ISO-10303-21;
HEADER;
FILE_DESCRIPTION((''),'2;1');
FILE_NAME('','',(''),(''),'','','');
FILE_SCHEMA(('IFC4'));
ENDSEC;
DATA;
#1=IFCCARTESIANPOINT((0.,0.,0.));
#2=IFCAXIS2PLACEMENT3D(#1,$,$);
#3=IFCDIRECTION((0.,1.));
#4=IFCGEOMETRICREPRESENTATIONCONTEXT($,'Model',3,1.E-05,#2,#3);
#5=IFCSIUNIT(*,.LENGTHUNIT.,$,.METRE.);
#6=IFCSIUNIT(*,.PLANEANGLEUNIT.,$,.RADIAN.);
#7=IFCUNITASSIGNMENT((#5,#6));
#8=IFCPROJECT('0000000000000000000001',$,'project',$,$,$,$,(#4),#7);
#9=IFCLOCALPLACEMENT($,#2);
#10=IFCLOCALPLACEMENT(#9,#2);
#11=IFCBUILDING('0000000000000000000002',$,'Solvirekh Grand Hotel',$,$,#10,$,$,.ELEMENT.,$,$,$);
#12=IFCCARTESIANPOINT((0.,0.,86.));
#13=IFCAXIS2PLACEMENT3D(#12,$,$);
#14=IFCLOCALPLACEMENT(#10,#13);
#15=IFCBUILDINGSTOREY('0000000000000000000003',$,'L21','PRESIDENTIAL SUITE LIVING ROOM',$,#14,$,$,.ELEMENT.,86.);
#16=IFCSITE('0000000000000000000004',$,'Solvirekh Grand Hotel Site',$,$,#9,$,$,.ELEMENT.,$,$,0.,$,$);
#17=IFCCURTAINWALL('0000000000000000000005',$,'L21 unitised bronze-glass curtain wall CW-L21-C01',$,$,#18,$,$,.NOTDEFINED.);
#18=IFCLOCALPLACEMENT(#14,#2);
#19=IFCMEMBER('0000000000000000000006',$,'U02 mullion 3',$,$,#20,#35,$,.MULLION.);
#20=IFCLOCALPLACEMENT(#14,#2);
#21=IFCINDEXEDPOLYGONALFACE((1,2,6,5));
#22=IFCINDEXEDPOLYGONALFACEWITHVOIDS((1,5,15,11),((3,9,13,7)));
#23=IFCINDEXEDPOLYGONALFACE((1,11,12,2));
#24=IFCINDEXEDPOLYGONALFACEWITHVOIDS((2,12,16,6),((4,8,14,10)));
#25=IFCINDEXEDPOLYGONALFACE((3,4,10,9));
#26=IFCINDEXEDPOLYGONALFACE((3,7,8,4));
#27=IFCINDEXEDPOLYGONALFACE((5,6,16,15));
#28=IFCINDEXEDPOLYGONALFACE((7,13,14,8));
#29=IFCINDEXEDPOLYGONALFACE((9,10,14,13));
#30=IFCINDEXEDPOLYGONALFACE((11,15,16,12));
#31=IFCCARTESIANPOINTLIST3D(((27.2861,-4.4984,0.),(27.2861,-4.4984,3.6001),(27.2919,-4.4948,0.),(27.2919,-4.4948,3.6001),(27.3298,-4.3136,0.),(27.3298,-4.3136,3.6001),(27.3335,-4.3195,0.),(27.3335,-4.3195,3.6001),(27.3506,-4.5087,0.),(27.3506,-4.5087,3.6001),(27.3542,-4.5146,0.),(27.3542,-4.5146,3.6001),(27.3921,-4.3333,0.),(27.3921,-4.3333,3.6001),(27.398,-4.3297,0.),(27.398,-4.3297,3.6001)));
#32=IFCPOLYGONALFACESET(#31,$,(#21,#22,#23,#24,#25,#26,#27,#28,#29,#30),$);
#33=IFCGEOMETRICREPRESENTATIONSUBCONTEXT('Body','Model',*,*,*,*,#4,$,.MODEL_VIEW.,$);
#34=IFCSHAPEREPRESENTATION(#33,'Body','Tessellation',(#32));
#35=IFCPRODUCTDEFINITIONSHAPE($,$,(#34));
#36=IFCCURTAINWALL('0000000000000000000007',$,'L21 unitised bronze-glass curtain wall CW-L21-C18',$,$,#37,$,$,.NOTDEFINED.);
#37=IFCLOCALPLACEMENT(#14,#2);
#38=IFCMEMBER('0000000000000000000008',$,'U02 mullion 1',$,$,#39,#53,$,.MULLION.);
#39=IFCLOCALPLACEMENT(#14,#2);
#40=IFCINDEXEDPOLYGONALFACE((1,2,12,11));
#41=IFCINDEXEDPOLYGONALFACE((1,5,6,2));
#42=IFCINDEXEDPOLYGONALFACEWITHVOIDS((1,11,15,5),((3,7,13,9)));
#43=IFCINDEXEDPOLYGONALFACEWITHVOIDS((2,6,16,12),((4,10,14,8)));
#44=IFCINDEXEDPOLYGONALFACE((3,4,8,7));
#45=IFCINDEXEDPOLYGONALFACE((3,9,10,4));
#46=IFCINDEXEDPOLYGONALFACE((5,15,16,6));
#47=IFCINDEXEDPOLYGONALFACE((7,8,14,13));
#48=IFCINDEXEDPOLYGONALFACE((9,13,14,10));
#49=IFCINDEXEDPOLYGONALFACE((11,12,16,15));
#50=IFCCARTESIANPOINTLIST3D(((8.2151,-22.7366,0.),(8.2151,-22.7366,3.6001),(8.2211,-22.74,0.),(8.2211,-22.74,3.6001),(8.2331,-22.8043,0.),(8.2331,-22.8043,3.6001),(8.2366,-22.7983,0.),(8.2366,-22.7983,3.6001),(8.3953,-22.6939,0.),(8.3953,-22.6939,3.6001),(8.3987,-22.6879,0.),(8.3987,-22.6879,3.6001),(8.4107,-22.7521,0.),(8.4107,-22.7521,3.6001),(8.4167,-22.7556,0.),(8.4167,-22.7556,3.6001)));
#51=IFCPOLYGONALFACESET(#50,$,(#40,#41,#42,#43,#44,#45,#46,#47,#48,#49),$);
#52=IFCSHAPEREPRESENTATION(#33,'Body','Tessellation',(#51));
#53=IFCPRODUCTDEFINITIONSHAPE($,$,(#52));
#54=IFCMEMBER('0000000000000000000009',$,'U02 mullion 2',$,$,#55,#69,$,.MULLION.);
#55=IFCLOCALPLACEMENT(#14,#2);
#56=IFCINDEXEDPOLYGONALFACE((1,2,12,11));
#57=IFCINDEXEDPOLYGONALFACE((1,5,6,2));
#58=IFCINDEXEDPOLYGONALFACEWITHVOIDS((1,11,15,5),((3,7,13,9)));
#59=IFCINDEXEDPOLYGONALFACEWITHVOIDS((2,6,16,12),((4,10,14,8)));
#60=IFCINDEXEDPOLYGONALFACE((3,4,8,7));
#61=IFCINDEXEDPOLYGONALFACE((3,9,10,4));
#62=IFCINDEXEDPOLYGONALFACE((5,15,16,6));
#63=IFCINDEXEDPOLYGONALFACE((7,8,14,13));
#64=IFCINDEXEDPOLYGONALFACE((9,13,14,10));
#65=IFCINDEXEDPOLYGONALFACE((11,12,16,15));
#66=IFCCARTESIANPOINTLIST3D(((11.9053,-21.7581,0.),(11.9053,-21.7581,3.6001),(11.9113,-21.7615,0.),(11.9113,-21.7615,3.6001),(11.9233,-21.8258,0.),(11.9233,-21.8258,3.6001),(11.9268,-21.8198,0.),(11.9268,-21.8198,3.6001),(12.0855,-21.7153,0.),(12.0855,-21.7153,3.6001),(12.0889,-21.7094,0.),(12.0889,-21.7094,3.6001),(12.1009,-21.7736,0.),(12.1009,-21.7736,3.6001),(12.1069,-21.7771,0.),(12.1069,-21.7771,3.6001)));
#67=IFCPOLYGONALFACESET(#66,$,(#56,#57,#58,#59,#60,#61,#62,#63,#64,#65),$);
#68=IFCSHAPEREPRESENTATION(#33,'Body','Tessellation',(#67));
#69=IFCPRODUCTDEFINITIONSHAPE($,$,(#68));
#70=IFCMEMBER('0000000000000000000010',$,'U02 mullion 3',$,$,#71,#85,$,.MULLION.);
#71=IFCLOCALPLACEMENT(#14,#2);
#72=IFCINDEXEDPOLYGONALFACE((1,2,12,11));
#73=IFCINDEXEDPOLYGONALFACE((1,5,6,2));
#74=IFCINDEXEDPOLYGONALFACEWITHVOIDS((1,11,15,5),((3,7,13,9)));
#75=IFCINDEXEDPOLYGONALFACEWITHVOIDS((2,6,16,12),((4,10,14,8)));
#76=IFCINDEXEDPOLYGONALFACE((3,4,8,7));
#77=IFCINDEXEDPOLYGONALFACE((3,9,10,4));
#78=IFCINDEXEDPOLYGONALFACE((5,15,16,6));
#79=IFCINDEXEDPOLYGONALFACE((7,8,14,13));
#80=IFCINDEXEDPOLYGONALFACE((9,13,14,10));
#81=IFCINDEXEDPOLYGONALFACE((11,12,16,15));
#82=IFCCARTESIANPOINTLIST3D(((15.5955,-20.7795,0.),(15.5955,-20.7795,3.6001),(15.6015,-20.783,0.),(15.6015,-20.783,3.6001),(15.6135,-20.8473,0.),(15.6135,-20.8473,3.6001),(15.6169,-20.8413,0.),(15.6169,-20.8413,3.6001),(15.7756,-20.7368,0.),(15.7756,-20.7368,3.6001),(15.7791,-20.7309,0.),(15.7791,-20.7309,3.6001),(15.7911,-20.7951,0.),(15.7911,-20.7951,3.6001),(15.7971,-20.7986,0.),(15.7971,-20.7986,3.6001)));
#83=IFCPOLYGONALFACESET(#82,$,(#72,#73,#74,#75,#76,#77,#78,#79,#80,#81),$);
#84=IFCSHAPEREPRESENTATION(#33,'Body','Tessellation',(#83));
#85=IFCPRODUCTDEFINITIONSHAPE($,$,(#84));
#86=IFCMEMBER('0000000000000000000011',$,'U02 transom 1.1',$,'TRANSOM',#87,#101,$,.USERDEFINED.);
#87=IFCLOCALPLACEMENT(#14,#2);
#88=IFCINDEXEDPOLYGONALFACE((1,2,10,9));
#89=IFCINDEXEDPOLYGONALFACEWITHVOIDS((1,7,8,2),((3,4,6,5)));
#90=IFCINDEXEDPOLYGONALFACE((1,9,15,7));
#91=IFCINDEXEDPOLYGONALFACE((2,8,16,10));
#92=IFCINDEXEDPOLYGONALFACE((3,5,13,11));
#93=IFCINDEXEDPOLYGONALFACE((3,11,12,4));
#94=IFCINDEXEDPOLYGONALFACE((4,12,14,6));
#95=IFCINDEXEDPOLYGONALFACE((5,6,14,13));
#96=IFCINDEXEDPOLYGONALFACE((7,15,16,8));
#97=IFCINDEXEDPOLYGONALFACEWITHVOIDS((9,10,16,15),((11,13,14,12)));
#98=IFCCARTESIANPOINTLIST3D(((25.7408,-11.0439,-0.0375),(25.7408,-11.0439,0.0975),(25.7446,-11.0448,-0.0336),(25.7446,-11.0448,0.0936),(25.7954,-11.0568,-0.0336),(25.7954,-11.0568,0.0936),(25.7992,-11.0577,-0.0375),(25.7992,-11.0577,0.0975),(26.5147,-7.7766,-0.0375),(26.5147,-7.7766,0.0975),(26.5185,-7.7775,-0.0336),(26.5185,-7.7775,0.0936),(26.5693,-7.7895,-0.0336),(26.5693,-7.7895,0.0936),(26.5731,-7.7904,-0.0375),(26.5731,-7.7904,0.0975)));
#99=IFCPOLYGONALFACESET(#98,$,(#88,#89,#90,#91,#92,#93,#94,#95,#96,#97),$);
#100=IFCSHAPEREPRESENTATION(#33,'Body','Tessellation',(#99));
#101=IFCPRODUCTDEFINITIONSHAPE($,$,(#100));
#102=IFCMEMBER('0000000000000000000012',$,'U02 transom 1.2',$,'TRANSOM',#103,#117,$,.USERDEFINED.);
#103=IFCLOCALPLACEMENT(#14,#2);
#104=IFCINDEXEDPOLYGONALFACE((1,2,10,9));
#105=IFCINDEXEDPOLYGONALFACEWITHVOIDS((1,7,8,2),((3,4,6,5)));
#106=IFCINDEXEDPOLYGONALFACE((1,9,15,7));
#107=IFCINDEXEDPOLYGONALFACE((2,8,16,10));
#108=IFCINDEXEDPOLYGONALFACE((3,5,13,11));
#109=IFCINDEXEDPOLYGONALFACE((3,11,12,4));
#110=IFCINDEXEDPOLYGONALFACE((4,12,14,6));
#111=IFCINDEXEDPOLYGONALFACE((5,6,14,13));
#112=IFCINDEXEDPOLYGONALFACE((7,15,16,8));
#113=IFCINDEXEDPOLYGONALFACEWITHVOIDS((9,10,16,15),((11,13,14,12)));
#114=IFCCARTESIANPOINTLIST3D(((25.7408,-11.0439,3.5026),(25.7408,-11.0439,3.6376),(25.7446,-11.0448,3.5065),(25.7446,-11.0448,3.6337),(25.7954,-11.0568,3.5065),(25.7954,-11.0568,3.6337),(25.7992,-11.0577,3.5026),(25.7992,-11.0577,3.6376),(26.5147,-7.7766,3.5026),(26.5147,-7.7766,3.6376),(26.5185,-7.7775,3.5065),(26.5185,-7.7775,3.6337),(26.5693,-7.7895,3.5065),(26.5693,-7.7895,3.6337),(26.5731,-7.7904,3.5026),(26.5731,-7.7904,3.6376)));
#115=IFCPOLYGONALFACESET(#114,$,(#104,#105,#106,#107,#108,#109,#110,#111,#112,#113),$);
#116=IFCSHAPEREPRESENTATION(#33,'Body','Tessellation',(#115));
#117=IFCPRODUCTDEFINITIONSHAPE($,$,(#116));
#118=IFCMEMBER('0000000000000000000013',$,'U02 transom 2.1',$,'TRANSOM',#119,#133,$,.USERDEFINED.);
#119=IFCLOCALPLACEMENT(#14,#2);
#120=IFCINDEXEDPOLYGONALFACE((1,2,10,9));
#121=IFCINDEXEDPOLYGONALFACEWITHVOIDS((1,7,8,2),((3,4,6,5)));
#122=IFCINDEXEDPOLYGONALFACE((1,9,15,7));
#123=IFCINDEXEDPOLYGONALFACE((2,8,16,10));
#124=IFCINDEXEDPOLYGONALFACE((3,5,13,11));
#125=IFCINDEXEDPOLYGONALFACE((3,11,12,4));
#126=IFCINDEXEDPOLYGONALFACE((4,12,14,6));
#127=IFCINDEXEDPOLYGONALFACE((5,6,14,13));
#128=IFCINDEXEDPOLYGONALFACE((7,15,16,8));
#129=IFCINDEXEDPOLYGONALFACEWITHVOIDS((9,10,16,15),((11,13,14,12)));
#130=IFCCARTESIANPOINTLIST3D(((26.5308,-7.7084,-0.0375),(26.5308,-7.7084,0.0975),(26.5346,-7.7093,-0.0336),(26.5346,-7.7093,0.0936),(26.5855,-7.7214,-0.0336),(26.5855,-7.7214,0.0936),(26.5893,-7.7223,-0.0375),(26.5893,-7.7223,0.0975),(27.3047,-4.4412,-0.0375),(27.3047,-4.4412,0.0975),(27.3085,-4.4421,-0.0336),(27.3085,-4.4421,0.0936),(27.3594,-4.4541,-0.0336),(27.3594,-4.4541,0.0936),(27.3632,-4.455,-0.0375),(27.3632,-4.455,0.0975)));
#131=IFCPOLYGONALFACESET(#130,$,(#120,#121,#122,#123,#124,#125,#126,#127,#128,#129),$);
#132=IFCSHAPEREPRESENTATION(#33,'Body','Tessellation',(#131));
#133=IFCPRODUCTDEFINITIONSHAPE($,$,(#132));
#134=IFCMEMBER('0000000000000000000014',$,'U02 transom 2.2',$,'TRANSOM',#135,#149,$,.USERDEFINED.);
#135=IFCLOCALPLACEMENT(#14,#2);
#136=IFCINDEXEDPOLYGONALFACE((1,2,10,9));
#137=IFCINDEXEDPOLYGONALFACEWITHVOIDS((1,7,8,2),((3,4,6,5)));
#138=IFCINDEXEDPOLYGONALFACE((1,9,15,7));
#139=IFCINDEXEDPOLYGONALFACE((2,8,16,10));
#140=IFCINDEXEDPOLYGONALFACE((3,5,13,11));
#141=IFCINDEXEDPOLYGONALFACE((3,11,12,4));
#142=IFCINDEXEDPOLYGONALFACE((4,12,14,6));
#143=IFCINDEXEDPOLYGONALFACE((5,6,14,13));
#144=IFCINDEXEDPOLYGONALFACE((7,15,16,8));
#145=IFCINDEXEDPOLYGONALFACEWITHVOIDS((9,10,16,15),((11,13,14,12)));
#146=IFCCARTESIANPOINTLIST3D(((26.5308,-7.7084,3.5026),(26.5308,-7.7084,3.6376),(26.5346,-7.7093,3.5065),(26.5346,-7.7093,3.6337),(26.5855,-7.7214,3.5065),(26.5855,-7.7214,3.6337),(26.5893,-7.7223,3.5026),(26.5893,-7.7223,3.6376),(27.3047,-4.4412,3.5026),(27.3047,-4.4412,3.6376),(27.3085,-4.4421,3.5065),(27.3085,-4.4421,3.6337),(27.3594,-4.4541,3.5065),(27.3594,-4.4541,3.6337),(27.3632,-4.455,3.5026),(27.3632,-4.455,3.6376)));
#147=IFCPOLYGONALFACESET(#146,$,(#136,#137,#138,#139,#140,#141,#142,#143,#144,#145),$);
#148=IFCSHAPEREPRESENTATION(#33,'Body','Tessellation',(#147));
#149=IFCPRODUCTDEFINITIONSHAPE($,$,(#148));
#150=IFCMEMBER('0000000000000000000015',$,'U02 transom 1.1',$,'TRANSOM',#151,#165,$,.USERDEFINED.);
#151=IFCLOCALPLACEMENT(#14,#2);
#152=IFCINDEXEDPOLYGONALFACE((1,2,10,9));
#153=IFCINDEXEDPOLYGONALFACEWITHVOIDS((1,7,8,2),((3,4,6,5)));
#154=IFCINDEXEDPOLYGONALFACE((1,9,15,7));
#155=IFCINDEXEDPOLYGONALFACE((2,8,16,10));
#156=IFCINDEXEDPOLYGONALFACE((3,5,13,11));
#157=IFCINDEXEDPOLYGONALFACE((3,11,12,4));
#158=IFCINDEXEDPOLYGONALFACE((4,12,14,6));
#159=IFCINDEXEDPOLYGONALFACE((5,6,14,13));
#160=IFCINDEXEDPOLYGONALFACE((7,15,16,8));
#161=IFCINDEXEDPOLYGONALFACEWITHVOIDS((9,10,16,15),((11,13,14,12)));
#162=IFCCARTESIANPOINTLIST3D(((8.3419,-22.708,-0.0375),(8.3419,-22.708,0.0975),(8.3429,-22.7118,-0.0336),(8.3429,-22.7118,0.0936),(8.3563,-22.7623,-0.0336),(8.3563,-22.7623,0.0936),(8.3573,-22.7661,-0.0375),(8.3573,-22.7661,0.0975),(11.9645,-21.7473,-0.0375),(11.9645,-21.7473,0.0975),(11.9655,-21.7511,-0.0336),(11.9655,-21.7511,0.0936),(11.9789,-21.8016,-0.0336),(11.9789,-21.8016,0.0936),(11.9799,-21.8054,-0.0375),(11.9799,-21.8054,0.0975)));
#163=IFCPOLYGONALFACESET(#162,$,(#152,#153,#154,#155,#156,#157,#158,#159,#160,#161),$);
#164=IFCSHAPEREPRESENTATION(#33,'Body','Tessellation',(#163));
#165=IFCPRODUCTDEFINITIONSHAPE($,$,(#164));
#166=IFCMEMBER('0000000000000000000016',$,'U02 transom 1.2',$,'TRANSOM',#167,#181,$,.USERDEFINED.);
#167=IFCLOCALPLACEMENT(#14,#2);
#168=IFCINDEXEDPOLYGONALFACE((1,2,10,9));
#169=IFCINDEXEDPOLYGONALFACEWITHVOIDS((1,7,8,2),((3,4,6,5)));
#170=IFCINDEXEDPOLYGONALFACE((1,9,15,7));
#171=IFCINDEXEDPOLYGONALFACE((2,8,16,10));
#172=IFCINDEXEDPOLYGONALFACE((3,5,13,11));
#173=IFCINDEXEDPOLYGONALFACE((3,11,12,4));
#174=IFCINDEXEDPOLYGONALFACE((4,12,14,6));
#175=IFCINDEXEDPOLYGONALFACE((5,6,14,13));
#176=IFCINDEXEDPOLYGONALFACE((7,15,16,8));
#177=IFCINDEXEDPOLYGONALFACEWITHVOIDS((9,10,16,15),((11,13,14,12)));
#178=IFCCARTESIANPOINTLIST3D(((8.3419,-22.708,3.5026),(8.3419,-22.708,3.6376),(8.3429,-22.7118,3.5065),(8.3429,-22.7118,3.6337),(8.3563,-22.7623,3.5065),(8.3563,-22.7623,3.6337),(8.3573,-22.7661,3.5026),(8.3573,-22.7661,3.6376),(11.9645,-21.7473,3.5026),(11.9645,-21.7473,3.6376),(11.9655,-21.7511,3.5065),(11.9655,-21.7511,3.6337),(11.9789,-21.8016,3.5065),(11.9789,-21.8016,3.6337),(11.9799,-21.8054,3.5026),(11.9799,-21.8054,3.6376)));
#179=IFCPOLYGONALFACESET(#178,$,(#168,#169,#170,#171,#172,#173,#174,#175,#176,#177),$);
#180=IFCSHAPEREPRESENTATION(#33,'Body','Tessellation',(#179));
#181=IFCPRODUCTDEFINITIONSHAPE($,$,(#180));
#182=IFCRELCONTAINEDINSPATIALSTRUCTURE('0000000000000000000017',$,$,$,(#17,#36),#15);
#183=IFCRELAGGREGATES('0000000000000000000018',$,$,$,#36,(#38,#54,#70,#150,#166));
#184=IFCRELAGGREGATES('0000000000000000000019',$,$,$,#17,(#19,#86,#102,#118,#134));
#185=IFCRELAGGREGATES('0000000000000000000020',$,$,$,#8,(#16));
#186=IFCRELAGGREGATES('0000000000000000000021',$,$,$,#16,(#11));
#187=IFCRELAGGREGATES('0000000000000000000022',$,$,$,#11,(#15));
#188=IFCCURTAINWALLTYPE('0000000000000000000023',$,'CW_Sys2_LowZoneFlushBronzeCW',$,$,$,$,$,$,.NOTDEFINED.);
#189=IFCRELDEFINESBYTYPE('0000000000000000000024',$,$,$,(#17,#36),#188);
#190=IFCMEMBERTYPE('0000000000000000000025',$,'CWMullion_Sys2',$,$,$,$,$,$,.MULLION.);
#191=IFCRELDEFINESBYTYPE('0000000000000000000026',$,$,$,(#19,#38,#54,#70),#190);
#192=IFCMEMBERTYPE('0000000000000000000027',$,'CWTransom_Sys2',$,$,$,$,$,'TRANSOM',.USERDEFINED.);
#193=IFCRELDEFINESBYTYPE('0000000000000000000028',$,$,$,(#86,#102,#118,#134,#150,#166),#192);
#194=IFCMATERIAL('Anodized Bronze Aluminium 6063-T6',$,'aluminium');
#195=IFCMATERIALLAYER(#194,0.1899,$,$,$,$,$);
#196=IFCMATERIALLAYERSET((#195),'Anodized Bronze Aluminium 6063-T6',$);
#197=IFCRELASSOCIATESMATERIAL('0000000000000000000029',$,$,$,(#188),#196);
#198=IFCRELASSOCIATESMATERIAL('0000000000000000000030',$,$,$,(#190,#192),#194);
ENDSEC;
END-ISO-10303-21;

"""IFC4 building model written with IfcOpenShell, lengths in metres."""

from ifc_helpers import new_model, si_unit, direction, frame, origin, origin_2d, place, context, subcontext, project, spatial, hollow_rectangle, extrude, source, transform, mapped, material, layer, layer_set, material_profile, profile_set, type_object, element, aggregate, save


model = new_model("IFC4")

# Units and contexts
model_context = context("Model", 3, precision=1e-05, world=origin(), true_north=direction((0.0, 1.0)))
body_context = subcontext(model_context, "Body", "Model", "MODEL_VIEW")
ifc_project = project(units=[si_unit("LENGTHUNIT", "METRE"), si_unit("PLANEANGLEUNIT", "RADIAN")], contexts=[model_context])

# Site, building, storey
site_placement = place(None, origin())
site = spatial("IfcSite", under=ifc_project, at=site_placement, Name="Solvirekh Grand Hotel Site", CompositionType="ELEMENT", RefElevation=0.0)
building_placement = place(site_placement, origin())
building = spatial("IfcBuilding", under=site, at=building_placement, Name="Solvirekh Grand Hotel", CompositionType="ELEMENT")
storey_placement = place(building_placement, frame((0.0, 0.0, 86.0)))
storey = spatial("IfcBuildingStorey", under=building, at=storey_placement, Name="L21", Description="PRESIDENTIAL SUITE LIVING ROOM", CompositionType="ELEMENT", Elevation=86.0)

# Curtain walls, members
ifc_material_1 = material(Name="Anodized Bronze Aluminium 6063-T6", Category="aluminium")
ifc_layer_1 = layer(ifc_material_1, 0.1899)
ifc_layer_set_1 = layer_set([ifc_layer_1], Name="Anodized Bronze Aluminium 6063-T6")
curtain_wall_type = type_object("IfcCurtainWallType", Name="CW_Sys2_LowZoneFlushBronzeCW", PredefinedType="NOTDEFINED", material=ifc_layer_set_1)
curtain_wall_1_placement = place(storey_placement, origin())
curtain_wall_1 = element("IfcCurtainWall", 1, at=curtain_wall_1_placement, inside=storey, type_object=curtain_wall_type, Name="L21 unitised bronze-glass curtain wall CW-L21-C01", PredefinedType="NOTDEFINED")
ifc_material_profile_1 = material_profile(ifc_material_1, hollow_rectangle(XDim=0.0701, YDim=0.1899, WallThickness=0.0049, at=origin_2d()), Name="ALU RHS 190X70X5")
ifc_profile_set_1 = profile_set([ifc_material_profile_1], Name="Anodized Bronze Aluminium 6063-T6")
member_type_1 = type_object("IfcMemberType", Name="CWMullion_Sys2", PredefinedType="MULLION", material=ifc_profile_set_1)
shared_shape_1 = source(origin(), body_context, "Body", "SweptSolid", [
    extrude(hollow_rectangle(XDim=0.0701, YDim=0.1899, WallThickness=0.0049, at=origin_2d()), origin(), (0.0, 0.0, 1.0), 3.6001),
])
member_1_placement = place(storey_placement, frame((27.342, -4.4141, 0.0), z_axis=(0.0, 0.0, 1.0), x_axis=(-0.973083, 0.230456, 0.0)))
member_1 = element("IfcMember", 2, at=member_1_placement, type_object=member_type_1, Name="U02 mullion 3", PredefinedType="MULLION", context=body_context, shape_type="MappedRepresentation", body=[
    mapped(shared_shape_1, transform((0.0, 0.0, 0.0), x_axis=(1.0, 0.0, 0.0), y_axis=(0.0, 1.0, 0.0), z_axis=(0.0, 0.0, 1.0), scale=1.0)),
])
curtain_wall_2_placement = place(storey_placement, origin())
curtain_wall_2 = element("IfcCurtainWall", 3, at=curtain_wall_2_placement, inside=storey, type_object=curtain_wall_type, Name="L21 unitised bronze-glass curtain wall CW-L21-C18", PredefinedType="NOTDEFINED")
member_2_placement = place(storey_placement, frame((8.3159, -22.7461, 0.0), z_axis=(0.0, 0.0, 1.0), x_axis=(-0.256313, 0.966594, 0.0)))
member_2 = element("IfcMember", 4, at=member_2_placement, type_object=member_type_1, Name="U02 mullion 1", PredefinedType="MULLION", context=body_context, shape_type="MappedRepresentation", body=[
    mapped(shared_shape_1, transform((0.0, 0.0, 0.0), x_axis=(1.0, 0.0, 0.0), y_axis=(0.0, 1.0, 0.0), z_axis=(0.0, 0.0, 1.0), scale=1.0)),
])
member_3_placement = place(storey_placement, frame((12.0061, -21.7676, 0.0), z_axis=(0.0, 0.0, 1.0), x_axis=(-0.256313, 0.966594, 0.0)))
member_3 = element("IfcMember", 5, at=member_3_placement, type_object=member_type_1, Name="U02 mullion 2", PredefinedType="MULLION", context=body_context, shape_type="MappedRepresentation", body=[
    mapped(shared_shape_1, transform((0.0, 0.0, 0.0), x_axis=(1.0, 0.0, 0.0), y_axis=(0.0, 1.0, 0.0), z_axis=(0.0, 0.0, 1.0), scale=1.0)),
])
member_4_placement = place(storey_placement, frame((15.6963, -20.7891, 0.0), z_axis=(0.0, 0.0, 1.0), x_axis=(-0.256313, 0.966594, 0.0)))
member_4 = element("IfcMember", 6, at=member_4_placement, type_object=member_type_1, Name="U02 mullion 3", PredefinedType="MULLION", context=body_context, shape_type="MappedRepresentation", body=[
    mapped(shared_shape_1, transform((0.0, 0.0, 0.0), x_axis=(1.0, 0.0, 0.0), y_axis=(0.0, 1.0, 0.0), z_axis=(0.0, 0.0, 1.0), scale=1.0)),
])

# Members
ifc_material_profile_2 = material_profile(ifc_material_1, hollow_rectangle(XDim=0.0601, YDim=0.135, WallThickness=0.0039, at=origin_2d()), Name="ALU RHS 135X60X4")
ifc_profile_set_2 = profile_set([ifc_material_profile_2], Name="Anodized Bronze Aluminium 6063-T6")
member_type_2 = type_object("IfcMemberType", Name="CWTransom_Sys2", ElementType="TRANSOM", PredefinedType="USERDEFINED", material=ifc_profile_set_2)
shared_shape_2 = source(origin(), body_context, "Body", "SweptSolid", [
    extrude(hollow_rectangle(XDim=0.0601, YDim=0.135, WallThickness=0.0039, at=origin_2d()), origin(), (0.0, 0.0, 1.0), 3.3577),
])
member_5_placement = place(storey_placement, frame((25.77, -11.0508, 0.03), z_axis=(0.23049, 0.973075, 0.0), x_axis=(-0.973075, 0.23049, 0.0)))
member_5 = element("IfcMember", 7, at=member_5_placement, type_object=member_type_2, Name="U02 transom 1.1", ObjectType="TRANSOM", PredefinedType="USERDEFINED", context=body_context, shape_type="MappedRepresentation", body=[
    mapped(shared_shape_2, transform((0.0, 0.0, 0.0), x_axis=(1.0, 0.0, 0.0), y_axis=(0.0, 1.0, 0.0), z_axis=(0.0, 0.0, 1.0), scale=1.0)),
])
member_6_placement = place(storey_placement, frame((25.77, -11.0508, 3.5701), z_axis=(0.23049, 0.973075, 0.0), x_axis=(-0.973075, 0.23049, 0.0)))
member_6 = element("IfcMember", 8, at=member_6_placement, type_object=member_type_2, Name="U02 transom 1.2", ObjectType="TRANSOM", PredefinedType="USERDEFINED", context=body_context, shape_type="MappedRepresentation", body=[
    mapped(shared_shape_2, transform((0.0, 0.0, 0.0), x_axis=(1.0, 0.0, 0.0), y_axis=(0.0, 1.0, 0.0), z_axis=(0.0, 0.0, 1.0), scale=1.0)),
])
member_7_placement = place(storey_placement, frame((26.5601, -7.7153, 0.03), z_axis=(0.23049, 0.973075, 0.0), x_axis=(-0.973075, 0.23049, 0.0)))
member_7 = element("IfcMember", 9, at=member_7_placement, type_object=member_type_2, Name="U02 transom 2.1", ObjectType="TRANSOM", PredefinedType="USERDEFINED", context=body_context, shape_type="MappedRepresentation", body=[
    mapped(shared_shape_2, transform((0.0, 0.0, 0.0), x_axis=(1.0, 0.0, 0.0), y_axis=(0.0, 1.0, 0.0), z_axis=(0.0, 0.0, 1.0), scale=1.0)),
])
member_8_placement = place(storey_placement, frame((26.5601, -7.7153, 3.5701), z_axis=(0.23049, 0.973075, 0.0), x_axis=(-0.973075, 0.23049, 0.0)))
member_8 = element("IfcMember", 10, at=member_8_placement, type_object=member_type_2, Name="U02 transom 2.2", ObjectType="TRANSOM", PredefinedType="USERDEFINED", context=body_context, shape_type="MappedRepresentation", body=[
    mapped(shared_shape_2, transform((0.0, 0.0, 0.0), x_axis=(1.0, 0.0, 0.0), y_axis=(0.0, 1.0, 0.0), z_axis=(0.0, 0.0, 1.0), scale=1.0)),
])
shared_shape_3 = source(origin(), body_context, "Body", "SweptSolid", [
    extrude(hollow_rectangle(XDim=0.0601, YDim=0.135, WallThickness=0.0039, at=origin_2d()), origin(), (0.0, 0.0, 1.0), 3.7478),
])
member_9_placement = place(storey_placement, frame((8.3496, -22.7371, 0.03), z_axis=(0.966588, 0.256337, 0.0), x_axis=(-0.256337, 0.966588, 0.0)))
member_9 = element("IfcMember", 11, at=member_9_placement, type_object=member_type_2, Name="U02 transom 1.1", ObjectType="TRANSOM", PredefinedType="USERDEFINED", context=body_context, shape_type="MappedRepresentation", body=[
    mapped(shared_shape_3, transform((0.0, 0.0, 0.0), x_axis=(1.0, 0.0, 0.0), y_axis=(0.0, 1.0, 0.0), z_axis=(0.0, 0.0, 1.0), scale=1.0)),
])
member_10_placement = place(storey_placement, frame((8.3496, -22.7371, 3.5701), z_axis=(0.966588, 0.256337, 0.0), x_axis=(-0.256337, 0.966588, 0.0)))
member_10 = element("IfcMember", 12, at=member_10_placement, type_object=member_type_2, Name="U02 transom 1.2", ObjectType="TRANSOM", PredefinedType="USERDEFINED", context=body_context, shape_type="MappedRepresentation", body=[
    mapped(shared_shape_3, transform((0.0, 0.0, 0.0), x_axis=(1.0, 0.0, 0.0), y_axis=(0.0, 1.0, 0.0), z_axis=(0.0, 0.0, 1.0), scale=1.0)),
])

aggregate(curtain_wall_2, [member_2, member_3, member_4, member_9, member_10])
aggregate(curtain_wall_1, [member_1, member_5, member_6, member_7, member_8])

save(model, "model.ifc")
